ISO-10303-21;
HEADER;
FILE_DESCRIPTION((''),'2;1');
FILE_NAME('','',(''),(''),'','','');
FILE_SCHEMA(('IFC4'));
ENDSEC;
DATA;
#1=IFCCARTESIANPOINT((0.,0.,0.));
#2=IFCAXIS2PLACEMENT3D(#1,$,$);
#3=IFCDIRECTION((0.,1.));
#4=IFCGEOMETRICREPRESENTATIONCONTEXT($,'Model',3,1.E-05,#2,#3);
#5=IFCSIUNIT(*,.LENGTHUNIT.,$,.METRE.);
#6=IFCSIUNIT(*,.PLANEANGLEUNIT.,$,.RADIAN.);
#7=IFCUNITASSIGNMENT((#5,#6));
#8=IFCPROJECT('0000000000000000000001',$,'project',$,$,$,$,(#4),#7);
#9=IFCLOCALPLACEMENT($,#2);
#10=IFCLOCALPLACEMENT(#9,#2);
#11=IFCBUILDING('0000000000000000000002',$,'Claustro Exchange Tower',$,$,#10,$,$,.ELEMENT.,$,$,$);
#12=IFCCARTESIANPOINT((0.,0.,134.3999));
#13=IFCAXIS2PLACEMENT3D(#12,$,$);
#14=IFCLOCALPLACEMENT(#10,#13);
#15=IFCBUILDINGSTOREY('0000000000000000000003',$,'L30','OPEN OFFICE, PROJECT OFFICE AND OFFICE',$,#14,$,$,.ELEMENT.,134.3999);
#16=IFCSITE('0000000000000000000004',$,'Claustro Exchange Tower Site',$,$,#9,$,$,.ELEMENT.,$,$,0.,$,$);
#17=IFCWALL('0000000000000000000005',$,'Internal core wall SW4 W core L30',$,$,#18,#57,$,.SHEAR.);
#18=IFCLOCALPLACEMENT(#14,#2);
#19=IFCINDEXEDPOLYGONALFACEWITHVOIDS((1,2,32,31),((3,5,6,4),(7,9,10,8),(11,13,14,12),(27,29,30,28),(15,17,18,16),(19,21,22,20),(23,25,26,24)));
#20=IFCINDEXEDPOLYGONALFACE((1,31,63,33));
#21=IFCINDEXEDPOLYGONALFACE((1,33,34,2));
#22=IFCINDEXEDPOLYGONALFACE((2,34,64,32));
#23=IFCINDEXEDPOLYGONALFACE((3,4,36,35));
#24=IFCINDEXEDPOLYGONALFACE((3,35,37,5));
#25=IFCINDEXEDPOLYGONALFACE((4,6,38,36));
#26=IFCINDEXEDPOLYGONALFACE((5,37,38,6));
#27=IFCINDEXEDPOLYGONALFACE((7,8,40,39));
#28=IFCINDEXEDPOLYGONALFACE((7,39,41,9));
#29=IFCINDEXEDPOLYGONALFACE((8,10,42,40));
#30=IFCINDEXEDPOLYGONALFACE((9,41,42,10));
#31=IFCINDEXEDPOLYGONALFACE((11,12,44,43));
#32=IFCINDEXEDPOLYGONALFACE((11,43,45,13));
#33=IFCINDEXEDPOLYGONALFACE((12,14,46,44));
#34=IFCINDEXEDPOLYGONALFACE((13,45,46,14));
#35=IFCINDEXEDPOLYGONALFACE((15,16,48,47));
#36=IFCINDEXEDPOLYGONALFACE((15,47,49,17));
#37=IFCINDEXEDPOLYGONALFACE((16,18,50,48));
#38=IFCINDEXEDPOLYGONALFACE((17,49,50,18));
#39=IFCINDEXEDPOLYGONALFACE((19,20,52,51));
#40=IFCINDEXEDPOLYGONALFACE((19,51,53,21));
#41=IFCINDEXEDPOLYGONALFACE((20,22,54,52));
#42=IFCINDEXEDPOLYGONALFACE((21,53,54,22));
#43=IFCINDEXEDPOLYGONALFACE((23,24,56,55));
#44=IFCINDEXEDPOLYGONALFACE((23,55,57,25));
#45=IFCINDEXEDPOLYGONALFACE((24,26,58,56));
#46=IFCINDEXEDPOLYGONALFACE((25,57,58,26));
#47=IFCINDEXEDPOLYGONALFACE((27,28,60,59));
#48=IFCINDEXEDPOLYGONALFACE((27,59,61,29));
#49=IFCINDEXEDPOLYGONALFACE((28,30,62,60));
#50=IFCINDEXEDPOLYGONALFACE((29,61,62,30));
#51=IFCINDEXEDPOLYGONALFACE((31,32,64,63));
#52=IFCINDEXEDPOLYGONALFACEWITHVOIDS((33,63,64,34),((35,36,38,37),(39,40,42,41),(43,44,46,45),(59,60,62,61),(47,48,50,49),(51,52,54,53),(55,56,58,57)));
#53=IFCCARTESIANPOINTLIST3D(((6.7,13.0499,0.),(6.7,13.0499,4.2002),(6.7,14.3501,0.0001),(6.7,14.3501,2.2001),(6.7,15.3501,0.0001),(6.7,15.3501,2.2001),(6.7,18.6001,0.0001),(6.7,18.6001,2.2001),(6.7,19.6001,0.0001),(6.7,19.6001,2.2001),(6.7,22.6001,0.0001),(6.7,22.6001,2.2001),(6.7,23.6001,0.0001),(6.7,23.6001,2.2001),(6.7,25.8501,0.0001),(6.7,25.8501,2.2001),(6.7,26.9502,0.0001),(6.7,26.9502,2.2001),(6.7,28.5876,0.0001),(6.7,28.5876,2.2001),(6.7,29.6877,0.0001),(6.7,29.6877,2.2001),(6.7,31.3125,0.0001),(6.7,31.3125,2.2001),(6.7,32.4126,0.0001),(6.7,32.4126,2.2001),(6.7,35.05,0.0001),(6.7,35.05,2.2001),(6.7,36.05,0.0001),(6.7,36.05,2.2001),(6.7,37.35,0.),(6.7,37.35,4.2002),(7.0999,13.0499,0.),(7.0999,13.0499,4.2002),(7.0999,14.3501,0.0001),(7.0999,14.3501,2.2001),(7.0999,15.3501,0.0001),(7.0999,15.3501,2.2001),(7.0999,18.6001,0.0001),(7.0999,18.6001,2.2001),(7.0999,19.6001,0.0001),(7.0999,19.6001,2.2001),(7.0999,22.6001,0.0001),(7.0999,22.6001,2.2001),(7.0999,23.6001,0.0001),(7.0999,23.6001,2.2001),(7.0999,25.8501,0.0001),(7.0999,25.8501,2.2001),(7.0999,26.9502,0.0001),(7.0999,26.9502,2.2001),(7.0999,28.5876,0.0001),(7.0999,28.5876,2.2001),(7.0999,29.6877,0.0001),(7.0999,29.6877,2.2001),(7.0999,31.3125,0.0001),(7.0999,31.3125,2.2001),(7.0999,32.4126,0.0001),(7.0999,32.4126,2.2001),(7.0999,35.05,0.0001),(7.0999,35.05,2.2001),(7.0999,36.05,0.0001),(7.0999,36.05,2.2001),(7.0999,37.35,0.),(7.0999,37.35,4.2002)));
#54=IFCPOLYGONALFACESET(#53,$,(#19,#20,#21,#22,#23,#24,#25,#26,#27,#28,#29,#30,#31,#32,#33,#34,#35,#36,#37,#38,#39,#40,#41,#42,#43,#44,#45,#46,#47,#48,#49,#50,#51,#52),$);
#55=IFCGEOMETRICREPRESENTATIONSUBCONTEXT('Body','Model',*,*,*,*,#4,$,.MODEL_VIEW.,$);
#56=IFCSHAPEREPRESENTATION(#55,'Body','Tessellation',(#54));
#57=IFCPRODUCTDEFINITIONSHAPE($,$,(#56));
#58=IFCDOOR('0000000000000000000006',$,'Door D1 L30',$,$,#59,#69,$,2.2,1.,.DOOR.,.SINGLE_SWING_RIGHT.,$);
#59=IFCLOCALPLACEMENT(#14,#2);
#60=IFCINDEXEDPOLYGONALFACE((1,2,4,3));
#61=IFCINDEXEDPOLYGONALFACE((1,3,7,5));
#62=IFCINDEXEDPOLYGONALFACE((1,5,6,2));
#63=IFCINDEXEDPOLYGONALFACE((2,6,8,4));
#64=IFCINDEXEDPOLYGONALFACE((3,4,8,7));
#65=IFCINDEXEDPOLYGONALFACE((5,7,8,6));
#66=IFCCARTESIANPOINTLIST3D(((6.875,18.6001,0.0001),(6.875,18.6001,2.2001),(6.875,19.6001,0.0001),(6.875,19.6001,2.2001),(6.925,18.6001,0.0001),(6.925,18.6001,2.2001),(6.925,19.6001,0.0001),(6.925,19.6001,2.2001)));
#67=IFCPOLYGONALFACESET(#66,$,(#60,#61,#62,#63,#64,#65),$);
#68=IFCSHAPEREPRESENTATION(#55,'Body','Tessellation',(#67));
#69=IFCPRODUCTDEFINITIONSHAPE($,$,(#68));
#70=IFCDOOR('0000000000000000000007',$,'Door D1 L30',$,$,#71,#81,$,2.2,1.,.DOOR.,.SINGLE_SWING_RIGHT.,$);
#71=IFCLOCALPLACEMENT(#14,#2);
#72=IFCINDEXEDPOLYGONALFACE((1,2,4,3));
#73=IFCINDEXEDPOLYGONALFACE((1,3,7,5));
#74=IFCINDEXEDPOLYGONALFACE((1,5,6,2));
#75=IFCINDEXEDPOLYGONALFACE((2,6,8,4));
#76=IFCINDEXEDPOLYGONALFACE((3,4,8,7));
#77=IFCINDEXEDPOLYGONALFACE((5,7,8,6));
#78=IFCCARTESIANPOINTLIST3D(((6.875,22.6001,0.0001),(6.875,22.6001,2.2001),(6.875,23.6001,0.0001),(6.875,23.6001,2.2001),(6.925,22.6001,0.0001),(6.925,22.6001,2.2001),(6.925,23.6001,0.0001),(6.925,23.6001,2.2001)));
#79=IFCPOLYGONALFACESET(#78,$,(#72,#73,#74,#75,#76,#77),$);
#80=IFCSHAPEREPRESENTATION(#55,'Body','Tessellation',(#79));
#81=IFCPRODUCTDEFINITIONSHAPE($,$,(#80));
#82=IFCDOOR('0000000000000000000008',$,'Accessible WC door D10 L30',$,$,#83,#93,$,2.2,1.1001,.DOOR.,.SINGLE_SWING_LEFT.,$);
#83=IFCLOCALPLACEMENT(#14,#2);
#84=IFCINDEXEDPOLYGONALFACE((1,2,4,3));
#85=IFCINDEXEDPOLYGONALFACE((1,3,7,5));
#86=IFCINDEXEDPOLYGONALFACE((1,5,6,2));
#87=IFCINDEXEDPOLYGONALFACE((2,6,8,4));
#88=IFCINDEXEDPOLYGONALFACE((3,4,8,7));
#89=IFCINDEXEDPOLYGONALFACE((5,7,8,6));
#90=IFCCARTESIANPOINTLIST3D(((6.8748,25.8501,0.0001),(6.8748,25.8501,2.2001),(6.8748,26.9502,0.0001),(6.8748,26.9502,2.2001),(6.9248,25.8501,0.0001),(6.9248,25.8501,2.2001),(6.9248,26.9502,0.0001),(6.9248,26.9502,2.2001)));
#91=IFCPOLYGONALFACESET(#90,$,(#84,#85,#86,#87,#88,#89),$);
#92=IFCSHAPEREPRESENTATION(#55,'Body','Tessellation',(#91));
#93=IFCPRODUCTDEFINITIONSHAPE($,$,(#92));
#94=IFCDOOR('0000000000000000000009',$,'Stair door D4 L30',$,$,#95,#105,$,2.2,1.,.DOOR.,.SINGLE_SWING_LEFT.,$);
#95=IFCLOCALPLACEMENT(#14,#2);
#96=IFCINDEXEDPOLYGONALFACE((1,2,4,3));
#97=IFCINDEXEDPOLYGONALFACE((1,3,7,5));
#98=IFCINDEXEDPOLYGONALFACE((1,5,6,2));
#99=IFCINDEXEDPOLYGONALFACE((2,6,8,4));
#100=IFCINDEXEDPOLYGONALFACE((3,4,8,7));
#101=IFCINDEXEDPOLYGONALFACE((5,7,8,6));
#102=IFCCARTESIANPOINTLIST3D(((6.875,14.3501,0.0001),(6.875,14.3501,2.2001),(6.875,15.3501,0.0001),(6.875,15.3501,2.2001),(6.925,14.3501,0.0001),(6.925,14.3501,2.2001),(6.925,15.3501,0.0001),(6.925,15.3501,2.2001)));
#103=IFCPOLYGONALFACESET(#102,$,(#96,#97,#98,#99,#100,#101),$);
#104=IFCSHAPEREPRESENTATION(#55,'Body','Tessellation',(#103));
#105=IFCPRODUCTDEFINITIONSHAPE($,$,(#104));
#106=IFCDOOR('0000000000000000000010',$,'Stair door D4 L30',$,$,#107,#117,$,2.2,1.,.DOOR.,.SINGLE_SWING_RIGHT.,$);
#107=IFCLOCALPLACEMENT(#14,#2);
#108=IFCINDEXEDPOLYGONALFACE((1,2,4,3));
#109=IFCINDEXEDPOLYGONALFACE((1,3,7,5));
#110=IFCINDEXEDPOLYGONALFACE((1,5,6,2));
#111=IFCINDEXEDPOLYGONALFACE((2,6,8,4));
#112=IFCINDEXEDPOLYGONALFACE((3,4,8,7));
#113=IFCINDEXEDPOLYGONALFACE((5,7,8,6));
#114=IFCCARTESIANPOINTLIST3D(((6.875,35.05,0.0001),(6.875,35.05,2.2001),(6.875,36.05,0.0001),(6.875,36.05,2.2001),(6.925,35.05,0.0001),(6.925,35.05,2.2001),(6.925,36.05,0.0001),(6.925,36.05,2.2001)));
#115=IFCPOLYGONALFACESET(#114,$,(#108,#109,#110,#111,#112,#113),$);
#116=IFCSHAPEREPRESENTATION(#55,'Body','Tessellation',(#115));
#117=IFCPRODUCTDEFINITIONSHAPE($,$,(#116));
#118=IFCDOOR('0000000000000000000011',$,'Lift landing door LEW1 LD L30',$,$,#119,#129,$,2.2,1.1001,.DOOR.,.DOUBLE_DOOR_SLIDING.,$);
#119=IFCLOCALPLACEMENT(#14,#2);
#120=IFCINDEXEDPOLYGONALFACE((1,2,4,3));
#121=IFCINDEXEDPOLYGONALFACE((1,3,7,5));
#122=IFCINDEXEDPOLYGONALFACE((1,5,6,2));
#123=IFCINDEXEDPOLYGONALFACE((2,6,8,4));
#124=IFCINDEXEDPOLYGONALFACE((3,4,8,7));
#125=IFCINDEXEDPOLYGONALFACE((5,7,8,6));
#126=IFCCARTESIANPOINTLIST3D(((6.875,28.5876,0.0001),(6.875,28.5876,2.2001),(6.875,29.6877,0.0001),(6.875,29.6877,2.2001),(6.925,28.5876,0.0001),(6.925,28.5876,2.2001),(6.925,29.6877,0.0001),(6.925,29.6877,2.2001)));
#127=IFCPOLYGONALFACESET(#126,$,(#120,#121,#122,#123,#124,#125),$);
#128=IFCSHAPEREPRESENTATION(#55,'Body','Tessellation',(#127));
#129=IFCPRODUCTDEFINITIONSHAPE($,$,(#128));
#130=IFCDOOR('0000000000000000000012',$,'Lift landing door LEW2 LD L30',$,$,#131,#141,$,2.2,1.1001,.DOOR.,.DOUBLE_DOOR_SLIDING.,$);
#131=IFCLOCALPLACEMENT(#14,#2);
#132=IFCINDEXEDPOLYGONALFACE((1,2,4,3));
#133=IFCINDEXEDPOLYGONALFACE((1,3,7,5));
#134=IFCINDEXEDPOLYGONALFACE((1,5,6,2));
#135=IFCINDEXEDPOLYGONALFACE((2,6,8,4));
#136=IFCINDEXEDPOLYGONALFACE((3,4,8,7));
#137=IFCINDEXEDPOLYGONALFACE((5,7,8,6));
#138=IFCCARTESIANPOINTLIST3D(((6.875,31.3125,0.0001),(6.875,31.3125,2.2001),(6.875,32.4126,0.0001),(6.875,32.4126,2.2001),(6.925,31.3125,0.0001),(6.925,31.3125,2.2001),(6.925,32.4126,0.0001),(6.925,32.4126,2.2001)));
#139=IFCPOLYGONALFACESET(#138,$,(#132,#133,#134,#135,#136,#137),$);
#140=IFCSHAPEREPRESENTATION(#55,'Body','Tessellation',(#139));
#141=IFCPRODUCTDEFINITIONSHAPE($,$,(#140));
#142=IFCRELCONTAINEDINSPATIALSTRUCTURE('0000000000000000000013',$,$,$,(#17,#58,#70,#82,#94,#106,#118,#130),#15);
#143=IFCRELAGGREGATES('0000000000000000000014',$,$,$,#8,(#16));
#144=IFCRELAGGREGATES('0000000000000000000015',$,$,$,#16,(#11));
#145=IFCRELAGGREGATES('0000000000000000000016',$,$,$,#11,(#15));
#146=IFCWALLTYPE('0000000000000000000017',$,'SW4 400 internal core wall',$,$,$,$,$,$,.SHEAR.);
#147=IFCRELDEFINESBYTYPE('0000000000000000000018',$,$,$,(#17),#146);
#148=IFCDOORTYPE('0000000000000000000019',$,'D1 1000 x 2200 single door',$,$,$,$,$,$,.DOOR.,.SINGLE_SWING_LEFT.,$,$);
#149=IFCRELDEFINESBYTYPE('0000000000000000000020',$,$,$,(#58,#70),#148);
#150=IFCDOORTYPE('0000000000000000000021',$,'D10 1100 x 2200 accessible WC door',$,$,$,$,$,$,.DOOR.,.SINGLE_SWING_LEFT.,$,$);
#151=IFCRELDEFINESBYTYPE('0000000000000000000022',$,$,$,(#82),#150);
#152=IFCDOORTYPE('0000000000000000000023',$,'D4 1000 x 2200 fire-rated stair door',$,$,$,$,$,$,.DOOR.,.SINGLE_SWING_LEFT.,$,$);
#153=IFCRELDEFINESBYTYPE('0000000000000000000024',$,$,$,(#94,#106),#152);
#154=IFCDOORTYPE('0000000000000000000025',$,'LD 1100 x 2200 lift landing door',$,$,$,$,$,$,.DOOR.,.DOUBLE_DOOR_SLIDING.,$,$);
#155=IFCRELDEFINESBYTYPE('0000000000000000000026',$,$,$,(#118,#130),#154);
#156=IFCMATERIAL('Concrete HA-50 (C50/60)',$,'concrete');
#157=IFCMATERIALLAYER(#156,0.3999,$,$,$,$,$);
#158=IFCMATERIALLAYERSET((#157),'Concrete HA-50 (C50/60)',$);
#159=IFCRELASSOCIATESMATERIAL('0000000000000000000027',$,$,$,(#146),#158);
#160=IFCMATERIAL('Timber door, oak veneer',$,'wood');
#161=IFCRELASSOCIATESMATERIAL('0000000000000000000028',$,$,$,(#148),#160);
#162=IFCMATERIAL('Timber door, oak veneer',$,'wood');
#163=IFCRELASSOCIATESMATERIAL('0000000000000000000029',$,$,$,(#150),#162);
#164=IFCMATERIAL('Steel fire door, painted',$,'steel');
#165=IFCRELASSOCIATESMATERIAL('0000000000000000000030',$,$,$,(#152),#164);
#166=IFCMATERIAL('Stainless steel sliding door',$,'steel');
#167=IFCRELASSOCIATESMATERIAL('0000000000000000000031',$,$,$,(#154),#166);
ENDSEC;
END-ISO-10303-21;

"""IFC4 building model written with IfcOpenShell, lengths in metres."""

from ifc_helpers import new_model, si_unit, direction, frame, frame_2d, origin, place, context, subcontext, project, spatial, rectangle, extrude, material, layer, layer_set, type_object, element, fill, save


model = new_model("IFC4")

# Units and contexts
model_context = context("Model", 3, precision=1e-05, world=origin(), true_north=direction((0.0, 1.0)))
body_context = subcontext(model_context, "Body", "Model", "MODEL_VIEW")
ifc_project = project(units=[si_unit("LENGTHUNIT", "METRE"), si_unit("PLANEANGLEUNIT", "RADIAN")], contexts=[model_context])

# Site, building, storey
site_placement = place(None, origin())
site = spatial("IfcSite", under=ifc_project, at=site_placement, Name="Claustro Exchange Tower Site", CompositionType="ELEMENT", RefElevation=0.0)
building_placement = place(site_placement, origin())
building = spatial("IfcBuilding", under=site, at=building_placement, Name="Claustro Exchange Tower", CompositionType="ELEMENT")
storey_placement = place(building_placement, frame((0.0, 0.0, 134.3999)))
storey = spatial("IfcBuildingStorey", under=building, at=storey_placement, Name="L30", Description="OPEN OFFICE, PROJECT OFFICE AND OFFICE", CompositionType="ELEMENT", Elevation=134.3999)

# Wall, openings, doors
ifc_material_1 = material(Name="Concrete HA-50 (C50/60)", Category="concrete")
ifc_layer = layer(ifc_material_1, 0.3999)
ifc_layer_set = layer_set([ifc_layer], Name="Concrete HA-50 (C50/60)")
wall_type = type_object("IfcWallType", Name="SW4 400 internal core wall", PredefinedType="SHEAR", material=ifc_layer_set)
wall_1_placement = place(storey_placement, frame((6.8999, 13.05, 0.0), z_axis=(0.0, 0.0, 1.0), x_axis=(0.0, 1.0, 0.0)))
wall_1 = element("IfcWall", 1, at=wall_1_placement, inside=storey, type_object=wall_type, Name="Internal core wall SW4 W core L30", PredefinedType="SHEAR", context=body_context, shape_type="SweptSolid", body=[
    extrude(rectangle(XDim=24.3, YDim=0.3999, at=frame_2d((12.1499, 0.0))), origin(), (0.0, 0.0, 1.0), 4.2002),
])
opening_1_placement = place(wall_1_placement, frame((1.3, 0.0, 0.0)))
opening_1 = element("IfcOpeningElement", 2, at=opening_1_placement, cuts=wall_1, PredefinedType="OPENING", context=body_context, shape_type="SweptSolid", body=[
    extrude(rectangle(XDim=1.0, YDim=2.2, at=frame_2d((0.5, 1.1001))), frame((0.0, 0.21, 0.0), z_axis=(0.0, -1.0, 0.0), x_axis=(1.0, 0.0, 0.0)), (0.0, 0.0, 1.0), 0.4199),
])
opening_2_placement = place(wall_1_placement, frame((22.0, 0.0, 0.0)))
opening_2 = element("IfcOpeningElement", 3, at=opening_2_placement, cuts=wall_1, PredefinedType="OPENING", context=body_context, shape_type="SweptSolid", body=[
    extrude(rectangle(XDim=1.0, YDim=2.2, at=frame_2d((0.5, 1.1001))), frame((0.0, 0.21, 0.0), z_axis=(0.0, -1.0, 0.0), x_axis=(1.0, 0.0, 0.0)), (0.0, 0.0, 1.0), 0.4199),
])
opening_3_placement = place(wall_1_placement, frame((5.55, 0.0, 0.0)))
opening_3 = element("IfcOpeningElement", 4, at=opening_3_placement, cuts=wall_1, PredefinedType="OPENING", context=body_context, shape_type="SweptSolid", body=[
    extrude(rectangle(XDim=1.0, YDim=2.2, at=frame_2d((0.5, 1.1001))), frame((0.0, 0.21, 0.0), z_axis=(0.0, -1.0, 0.0), x_axis=(1.0, 0.0, 0.0)), (0.0, 0.0, 1.0), 0.4199),
])
opening_4_placement = place(wall_1_placement, frame((9.55, 0.0, 0.0)))
opening_4 = element("IfcOpeningElement", 5, at=opening_4_placement, cuts=wall_1, PredefinedType="OPENING", context=body_context, shape_type="SweptSolid", body=[
    extrude(rectangle(XDim=1.0, YDim=2.2, at=frame_2d((0.5, 1.1001))), frame((0.0, 0.21, 0.0), z_axis=(0.0, -1.0, 0.0), x_axis=(1.0, 0.0, 0.0)), (0.0, 0.0, 1.0), 0.4199),
])
opening_5_placement = place(wall_1_placement, frame((12.8, 0.0, 0.0)))
opening_5 = element("IfcOpeningElement", 6, at=opening_5_placement, cuts=wall_1, PredefinedType="OPENING", context=body_context, shape_type="SweptSolid", body=[
    extrude(rectangle(XDim=1.1001, YDim=2.2, at=frame_2d((0.55, 1.1001))), frame((0.0, 0.21, 0.0), z_axis=(0.0, -1.0, 0.0), x_axis=(1.0, 0.0, 0.0)), (0.0, 0.0, 1.0), 0.4199),
])
opening_6_placement = place(wall_1_placement, frame((15.5376, 0.0, 0.0)))
opening_6 = element("IfcOpeningElement", 7, at=opening_6_placement, cuts=wall_1, PredefinedType="OPENING", context=body_context, shape_type="SweptSolid", body=[
    extrude(rectangle(XDim=1.1001, YDim=2.2, at=frame_2d((0.55, 1.1001))), frame((0.0, 0.21, 0.0), z_axis=(0.0, -1.0, 0.0), x_axis=(1.0, 0.0, 0.0)), (0.0, 0.0, 1.0), 0.4199),
])
opening_7_placement = place(wall_1_placement, frame((18.2625, 0.0, 0.0)))
opening_7 = element("IfcOpeningElement", 8, at=opening_7_placement, cuts=wall_1, PredefinedType="OPENING", context=body_context, shape_type="SweptSolid", body=[
    extrude(rectangle(XDim=1.1001, YDim=2.2, at=frame_2d((0.55, 1.1001))), frame((0.0, 0.21, 0.0), z_axis=(0.0, -1.0, 0.0), x_axis=(1.0, 0.0, 0.0)), (0.0, 0.0, 1.0), 0.4199),
])
ifc_material_2 = material(Name="Timber door, oak veneer", Category="wood")
door_type_1 = type_object("IfcDoorType", Name="D1 1000 x 2200 single door", OperationType="SINGLE_SWING_LEFT", PredefinedType="DOOR", material=ifc_material_2)
door_1_placement = place(opening_3_placement, origin())
door_1 = element("IfcDoor", 9, at=door_1_placement, inside=storey, type_object=door_type_1, Name="Door D1 L30", OperationType="SINGLE_SWING_RIGHT", OverallHeight=2.2, OverallWidth=1.0, PredefinedType="DOOR", context=body_context, shape_type="SweptSolid", body=[
    extrude(rectangle(XDim=1.0, YDim=2.2, at=frame_2d((0.5, 1.1001))), frame((0.0, 0.0249, 0.0), z_axis=(0.0, -1.0, 0.0), x_axis=(1.0, 0.0, 0.0)), (0.0, 0.0, 1.0), 0.05),
])
fill(opening_3, door_1)
door_2_placement = place(opening_4_placement, origin())
door_2 = element("IfcDoor", 10, at=door_2_placement, inside=storey, type_object=door_type_1, Name="Door D1 L30", OperationType="SINGLE_SWING_RIGHT", OverallHeight=2.2, OverallWidth=1.0, PredefinedType="DOOR", context=body_context, shape_type="SweptSolid", body=[
    extrude(rectangle(XDim=1.0, YDim=2.2, at=frame_2d((0.5, 1.1001))), frame((0.0, 0.0249, 0.0), z_axis=(0.0, -1.0, 0.0), x_axis=(1.0, 0.0, 0.0)), (0.0, 0.0, 1.0), 0.05),
])
fill(opening_4, door_2)
ifc_material_3 = material(Name="Timber door, oak veneer", Category="wood")
door_type_2 = type_object("IfcDoorType", Name="D10 1100 x 2200 accessible WC door", OperationType="SINGLE_SWING_LEFT", PredefinedType="DOOR", material=ifc_material_3)
door_3_placement = place(opening_5_placement, frame((1.1001, 0.0, 0.0), z_axis=(0.0, 0.0, 1.0), x_axis=(-1.0, 0.0, 0.0)))
door_3 = element("IfcDoor", 11, at=door_3_placement, inside=storey, type_object=door_type_2, Name="Accessible WC door D10 L30", OperationType="SINGLE_SWING_LEFT", OverallHeight=2.2, OverallWidth=1.1001, PredefinedType="DOOR", context=body_context, shape_type="SweptSolid", body=[
    extrude(rectangle(XDim=1.1001, YDim=2.2, at=frame_2d((0.55, 1.1001))), frame((0.0, 0.0249, 0.0), z_axis=(0.0, -1.0, 0.0), x_axis=(1.0, 0.0, 0.0)), (0.0, 0.0, 1.0), 0.05),
])
fill(opening_5, door_3)
ifc_material_4 = material(Name="Steel fire door, painted", Category="steel")
door_type_3 = type_object("IfcDoorType", Name="D4 1000 x 2200 fire-rated stair door", OperationType="SINGLE_SWING_LEFT", PredefinedType="DOOR", material=ifc_material_4)
door_4_placement = place(opening_1_placement, origin())
door_4 = element("IfcDoor", 12, at=door_4_placement, inside=storey, type_object=door_type_3, Name="Stair door D4 L30", OperationType="SINGLE_SWING_LEFT", OverallHeight=2.2, OverallWidth=1.0, PredefinedType="DOOR", context=body_context, shape_type="SweptSolid", body=[
    extrude(rectangle(XDim=1.0, YDim=2.2, at=frame_2d((0.5, 1.1001))), frame((0.0, 0.0249, 0.0), z_axis=(0.0, -1.0, 0.0), x_axis=(1.0, 0.0, 0.0)), (0.0, 0.0, 1.0), 0.05),
])
fill(opening_1, door_4)
door_5_placement = place(opening_2_placement, origin())
door_5 = element("IfcDoor", 13, at=door_5_placement, inside=storey, type_object=door_type_3, Name="Stair door D4 L30", OperationType="SINGLE_SWING_RIGHT", OverallHeight=2.2, OverallWidth=1.0, PredefinedType="DOOR", context=body_context, shape_type="SweptSolid", body=[
    extrude(rectangle(XDim=1.0, YDim=2.2, at=frame_2d((0.5, 1.1001))), frame((0.0, 0.0249, 0.0), z_axis=(0.0, -1.0, 0.0), x_axis=(1.0, 0.0, 0.0)), (0.0, 0.0, 1.0), 0.05),
])
fill(opening_2, door_5)
ifc_material_5 = material(Name="Stainless steel sliding door", Category="steel")
door_type_4 = type_object("IfcDoorType", Name="LD 1100 x 2200 lift landing door", OperationType="DOUBLE_DOOR_SLIDING", PredefinedType="DOOR", material=ifc_material_5)
door_6_placement = place(opening_6_placement, origin())
door_6 = element("IfcDoor", 14, at=door_6_placement, inside=storey, type_object=door_type_4, Name="Lift landing door LEW1 LD L30", OperationType="DOUBLE_DOOR_SLIDING", OverallHeight=2.2, OverallWidth=1.1001, PredefinedType="DOOR", context=body_context, shape_type="SweptSolid", body=[
    extrude(rectangle(XDim=1.1001, YDim=2.2, at=frame_2d((0.55, 1.1001))), frame((0.0, 0.0249, 0.0), z_axis=(0.0, -1.0, 0.0), x_axis=(1.0, 0.0, 0.0)), (0.0, 0.0, 1.0), 0.05),
])
fill(opening_6, door_6)
door_7_placement = place(opening_7_placement, origin())
door_7 = element("IfcDoor", 15, at=door_7_placement, inside=storey, type_object=door_type_4, Name="Lift landing door LEW2 LD L30", OperationType="DOUBLE_DOOR_SLIDING", OverallHeight=2.2, OverallWidth=1.1001, PredefinedType="DOOR", context=body_context, shape_type="SweptSolid", body=[
    extrude(rectangle(XDim=1.1001, YDim=2.2, at=frame_2d((0.55, 1.1001))), frame((0.0, 0.0249, 0.0), z_axis=(0.0, -1.0, 0.0), x_axis=(1.0, 0.0, 0.0)), (0.0, 0.0, 1.0), 0.05),
])
fill(opening_7, door_7)

save(model, "model.ifc")
